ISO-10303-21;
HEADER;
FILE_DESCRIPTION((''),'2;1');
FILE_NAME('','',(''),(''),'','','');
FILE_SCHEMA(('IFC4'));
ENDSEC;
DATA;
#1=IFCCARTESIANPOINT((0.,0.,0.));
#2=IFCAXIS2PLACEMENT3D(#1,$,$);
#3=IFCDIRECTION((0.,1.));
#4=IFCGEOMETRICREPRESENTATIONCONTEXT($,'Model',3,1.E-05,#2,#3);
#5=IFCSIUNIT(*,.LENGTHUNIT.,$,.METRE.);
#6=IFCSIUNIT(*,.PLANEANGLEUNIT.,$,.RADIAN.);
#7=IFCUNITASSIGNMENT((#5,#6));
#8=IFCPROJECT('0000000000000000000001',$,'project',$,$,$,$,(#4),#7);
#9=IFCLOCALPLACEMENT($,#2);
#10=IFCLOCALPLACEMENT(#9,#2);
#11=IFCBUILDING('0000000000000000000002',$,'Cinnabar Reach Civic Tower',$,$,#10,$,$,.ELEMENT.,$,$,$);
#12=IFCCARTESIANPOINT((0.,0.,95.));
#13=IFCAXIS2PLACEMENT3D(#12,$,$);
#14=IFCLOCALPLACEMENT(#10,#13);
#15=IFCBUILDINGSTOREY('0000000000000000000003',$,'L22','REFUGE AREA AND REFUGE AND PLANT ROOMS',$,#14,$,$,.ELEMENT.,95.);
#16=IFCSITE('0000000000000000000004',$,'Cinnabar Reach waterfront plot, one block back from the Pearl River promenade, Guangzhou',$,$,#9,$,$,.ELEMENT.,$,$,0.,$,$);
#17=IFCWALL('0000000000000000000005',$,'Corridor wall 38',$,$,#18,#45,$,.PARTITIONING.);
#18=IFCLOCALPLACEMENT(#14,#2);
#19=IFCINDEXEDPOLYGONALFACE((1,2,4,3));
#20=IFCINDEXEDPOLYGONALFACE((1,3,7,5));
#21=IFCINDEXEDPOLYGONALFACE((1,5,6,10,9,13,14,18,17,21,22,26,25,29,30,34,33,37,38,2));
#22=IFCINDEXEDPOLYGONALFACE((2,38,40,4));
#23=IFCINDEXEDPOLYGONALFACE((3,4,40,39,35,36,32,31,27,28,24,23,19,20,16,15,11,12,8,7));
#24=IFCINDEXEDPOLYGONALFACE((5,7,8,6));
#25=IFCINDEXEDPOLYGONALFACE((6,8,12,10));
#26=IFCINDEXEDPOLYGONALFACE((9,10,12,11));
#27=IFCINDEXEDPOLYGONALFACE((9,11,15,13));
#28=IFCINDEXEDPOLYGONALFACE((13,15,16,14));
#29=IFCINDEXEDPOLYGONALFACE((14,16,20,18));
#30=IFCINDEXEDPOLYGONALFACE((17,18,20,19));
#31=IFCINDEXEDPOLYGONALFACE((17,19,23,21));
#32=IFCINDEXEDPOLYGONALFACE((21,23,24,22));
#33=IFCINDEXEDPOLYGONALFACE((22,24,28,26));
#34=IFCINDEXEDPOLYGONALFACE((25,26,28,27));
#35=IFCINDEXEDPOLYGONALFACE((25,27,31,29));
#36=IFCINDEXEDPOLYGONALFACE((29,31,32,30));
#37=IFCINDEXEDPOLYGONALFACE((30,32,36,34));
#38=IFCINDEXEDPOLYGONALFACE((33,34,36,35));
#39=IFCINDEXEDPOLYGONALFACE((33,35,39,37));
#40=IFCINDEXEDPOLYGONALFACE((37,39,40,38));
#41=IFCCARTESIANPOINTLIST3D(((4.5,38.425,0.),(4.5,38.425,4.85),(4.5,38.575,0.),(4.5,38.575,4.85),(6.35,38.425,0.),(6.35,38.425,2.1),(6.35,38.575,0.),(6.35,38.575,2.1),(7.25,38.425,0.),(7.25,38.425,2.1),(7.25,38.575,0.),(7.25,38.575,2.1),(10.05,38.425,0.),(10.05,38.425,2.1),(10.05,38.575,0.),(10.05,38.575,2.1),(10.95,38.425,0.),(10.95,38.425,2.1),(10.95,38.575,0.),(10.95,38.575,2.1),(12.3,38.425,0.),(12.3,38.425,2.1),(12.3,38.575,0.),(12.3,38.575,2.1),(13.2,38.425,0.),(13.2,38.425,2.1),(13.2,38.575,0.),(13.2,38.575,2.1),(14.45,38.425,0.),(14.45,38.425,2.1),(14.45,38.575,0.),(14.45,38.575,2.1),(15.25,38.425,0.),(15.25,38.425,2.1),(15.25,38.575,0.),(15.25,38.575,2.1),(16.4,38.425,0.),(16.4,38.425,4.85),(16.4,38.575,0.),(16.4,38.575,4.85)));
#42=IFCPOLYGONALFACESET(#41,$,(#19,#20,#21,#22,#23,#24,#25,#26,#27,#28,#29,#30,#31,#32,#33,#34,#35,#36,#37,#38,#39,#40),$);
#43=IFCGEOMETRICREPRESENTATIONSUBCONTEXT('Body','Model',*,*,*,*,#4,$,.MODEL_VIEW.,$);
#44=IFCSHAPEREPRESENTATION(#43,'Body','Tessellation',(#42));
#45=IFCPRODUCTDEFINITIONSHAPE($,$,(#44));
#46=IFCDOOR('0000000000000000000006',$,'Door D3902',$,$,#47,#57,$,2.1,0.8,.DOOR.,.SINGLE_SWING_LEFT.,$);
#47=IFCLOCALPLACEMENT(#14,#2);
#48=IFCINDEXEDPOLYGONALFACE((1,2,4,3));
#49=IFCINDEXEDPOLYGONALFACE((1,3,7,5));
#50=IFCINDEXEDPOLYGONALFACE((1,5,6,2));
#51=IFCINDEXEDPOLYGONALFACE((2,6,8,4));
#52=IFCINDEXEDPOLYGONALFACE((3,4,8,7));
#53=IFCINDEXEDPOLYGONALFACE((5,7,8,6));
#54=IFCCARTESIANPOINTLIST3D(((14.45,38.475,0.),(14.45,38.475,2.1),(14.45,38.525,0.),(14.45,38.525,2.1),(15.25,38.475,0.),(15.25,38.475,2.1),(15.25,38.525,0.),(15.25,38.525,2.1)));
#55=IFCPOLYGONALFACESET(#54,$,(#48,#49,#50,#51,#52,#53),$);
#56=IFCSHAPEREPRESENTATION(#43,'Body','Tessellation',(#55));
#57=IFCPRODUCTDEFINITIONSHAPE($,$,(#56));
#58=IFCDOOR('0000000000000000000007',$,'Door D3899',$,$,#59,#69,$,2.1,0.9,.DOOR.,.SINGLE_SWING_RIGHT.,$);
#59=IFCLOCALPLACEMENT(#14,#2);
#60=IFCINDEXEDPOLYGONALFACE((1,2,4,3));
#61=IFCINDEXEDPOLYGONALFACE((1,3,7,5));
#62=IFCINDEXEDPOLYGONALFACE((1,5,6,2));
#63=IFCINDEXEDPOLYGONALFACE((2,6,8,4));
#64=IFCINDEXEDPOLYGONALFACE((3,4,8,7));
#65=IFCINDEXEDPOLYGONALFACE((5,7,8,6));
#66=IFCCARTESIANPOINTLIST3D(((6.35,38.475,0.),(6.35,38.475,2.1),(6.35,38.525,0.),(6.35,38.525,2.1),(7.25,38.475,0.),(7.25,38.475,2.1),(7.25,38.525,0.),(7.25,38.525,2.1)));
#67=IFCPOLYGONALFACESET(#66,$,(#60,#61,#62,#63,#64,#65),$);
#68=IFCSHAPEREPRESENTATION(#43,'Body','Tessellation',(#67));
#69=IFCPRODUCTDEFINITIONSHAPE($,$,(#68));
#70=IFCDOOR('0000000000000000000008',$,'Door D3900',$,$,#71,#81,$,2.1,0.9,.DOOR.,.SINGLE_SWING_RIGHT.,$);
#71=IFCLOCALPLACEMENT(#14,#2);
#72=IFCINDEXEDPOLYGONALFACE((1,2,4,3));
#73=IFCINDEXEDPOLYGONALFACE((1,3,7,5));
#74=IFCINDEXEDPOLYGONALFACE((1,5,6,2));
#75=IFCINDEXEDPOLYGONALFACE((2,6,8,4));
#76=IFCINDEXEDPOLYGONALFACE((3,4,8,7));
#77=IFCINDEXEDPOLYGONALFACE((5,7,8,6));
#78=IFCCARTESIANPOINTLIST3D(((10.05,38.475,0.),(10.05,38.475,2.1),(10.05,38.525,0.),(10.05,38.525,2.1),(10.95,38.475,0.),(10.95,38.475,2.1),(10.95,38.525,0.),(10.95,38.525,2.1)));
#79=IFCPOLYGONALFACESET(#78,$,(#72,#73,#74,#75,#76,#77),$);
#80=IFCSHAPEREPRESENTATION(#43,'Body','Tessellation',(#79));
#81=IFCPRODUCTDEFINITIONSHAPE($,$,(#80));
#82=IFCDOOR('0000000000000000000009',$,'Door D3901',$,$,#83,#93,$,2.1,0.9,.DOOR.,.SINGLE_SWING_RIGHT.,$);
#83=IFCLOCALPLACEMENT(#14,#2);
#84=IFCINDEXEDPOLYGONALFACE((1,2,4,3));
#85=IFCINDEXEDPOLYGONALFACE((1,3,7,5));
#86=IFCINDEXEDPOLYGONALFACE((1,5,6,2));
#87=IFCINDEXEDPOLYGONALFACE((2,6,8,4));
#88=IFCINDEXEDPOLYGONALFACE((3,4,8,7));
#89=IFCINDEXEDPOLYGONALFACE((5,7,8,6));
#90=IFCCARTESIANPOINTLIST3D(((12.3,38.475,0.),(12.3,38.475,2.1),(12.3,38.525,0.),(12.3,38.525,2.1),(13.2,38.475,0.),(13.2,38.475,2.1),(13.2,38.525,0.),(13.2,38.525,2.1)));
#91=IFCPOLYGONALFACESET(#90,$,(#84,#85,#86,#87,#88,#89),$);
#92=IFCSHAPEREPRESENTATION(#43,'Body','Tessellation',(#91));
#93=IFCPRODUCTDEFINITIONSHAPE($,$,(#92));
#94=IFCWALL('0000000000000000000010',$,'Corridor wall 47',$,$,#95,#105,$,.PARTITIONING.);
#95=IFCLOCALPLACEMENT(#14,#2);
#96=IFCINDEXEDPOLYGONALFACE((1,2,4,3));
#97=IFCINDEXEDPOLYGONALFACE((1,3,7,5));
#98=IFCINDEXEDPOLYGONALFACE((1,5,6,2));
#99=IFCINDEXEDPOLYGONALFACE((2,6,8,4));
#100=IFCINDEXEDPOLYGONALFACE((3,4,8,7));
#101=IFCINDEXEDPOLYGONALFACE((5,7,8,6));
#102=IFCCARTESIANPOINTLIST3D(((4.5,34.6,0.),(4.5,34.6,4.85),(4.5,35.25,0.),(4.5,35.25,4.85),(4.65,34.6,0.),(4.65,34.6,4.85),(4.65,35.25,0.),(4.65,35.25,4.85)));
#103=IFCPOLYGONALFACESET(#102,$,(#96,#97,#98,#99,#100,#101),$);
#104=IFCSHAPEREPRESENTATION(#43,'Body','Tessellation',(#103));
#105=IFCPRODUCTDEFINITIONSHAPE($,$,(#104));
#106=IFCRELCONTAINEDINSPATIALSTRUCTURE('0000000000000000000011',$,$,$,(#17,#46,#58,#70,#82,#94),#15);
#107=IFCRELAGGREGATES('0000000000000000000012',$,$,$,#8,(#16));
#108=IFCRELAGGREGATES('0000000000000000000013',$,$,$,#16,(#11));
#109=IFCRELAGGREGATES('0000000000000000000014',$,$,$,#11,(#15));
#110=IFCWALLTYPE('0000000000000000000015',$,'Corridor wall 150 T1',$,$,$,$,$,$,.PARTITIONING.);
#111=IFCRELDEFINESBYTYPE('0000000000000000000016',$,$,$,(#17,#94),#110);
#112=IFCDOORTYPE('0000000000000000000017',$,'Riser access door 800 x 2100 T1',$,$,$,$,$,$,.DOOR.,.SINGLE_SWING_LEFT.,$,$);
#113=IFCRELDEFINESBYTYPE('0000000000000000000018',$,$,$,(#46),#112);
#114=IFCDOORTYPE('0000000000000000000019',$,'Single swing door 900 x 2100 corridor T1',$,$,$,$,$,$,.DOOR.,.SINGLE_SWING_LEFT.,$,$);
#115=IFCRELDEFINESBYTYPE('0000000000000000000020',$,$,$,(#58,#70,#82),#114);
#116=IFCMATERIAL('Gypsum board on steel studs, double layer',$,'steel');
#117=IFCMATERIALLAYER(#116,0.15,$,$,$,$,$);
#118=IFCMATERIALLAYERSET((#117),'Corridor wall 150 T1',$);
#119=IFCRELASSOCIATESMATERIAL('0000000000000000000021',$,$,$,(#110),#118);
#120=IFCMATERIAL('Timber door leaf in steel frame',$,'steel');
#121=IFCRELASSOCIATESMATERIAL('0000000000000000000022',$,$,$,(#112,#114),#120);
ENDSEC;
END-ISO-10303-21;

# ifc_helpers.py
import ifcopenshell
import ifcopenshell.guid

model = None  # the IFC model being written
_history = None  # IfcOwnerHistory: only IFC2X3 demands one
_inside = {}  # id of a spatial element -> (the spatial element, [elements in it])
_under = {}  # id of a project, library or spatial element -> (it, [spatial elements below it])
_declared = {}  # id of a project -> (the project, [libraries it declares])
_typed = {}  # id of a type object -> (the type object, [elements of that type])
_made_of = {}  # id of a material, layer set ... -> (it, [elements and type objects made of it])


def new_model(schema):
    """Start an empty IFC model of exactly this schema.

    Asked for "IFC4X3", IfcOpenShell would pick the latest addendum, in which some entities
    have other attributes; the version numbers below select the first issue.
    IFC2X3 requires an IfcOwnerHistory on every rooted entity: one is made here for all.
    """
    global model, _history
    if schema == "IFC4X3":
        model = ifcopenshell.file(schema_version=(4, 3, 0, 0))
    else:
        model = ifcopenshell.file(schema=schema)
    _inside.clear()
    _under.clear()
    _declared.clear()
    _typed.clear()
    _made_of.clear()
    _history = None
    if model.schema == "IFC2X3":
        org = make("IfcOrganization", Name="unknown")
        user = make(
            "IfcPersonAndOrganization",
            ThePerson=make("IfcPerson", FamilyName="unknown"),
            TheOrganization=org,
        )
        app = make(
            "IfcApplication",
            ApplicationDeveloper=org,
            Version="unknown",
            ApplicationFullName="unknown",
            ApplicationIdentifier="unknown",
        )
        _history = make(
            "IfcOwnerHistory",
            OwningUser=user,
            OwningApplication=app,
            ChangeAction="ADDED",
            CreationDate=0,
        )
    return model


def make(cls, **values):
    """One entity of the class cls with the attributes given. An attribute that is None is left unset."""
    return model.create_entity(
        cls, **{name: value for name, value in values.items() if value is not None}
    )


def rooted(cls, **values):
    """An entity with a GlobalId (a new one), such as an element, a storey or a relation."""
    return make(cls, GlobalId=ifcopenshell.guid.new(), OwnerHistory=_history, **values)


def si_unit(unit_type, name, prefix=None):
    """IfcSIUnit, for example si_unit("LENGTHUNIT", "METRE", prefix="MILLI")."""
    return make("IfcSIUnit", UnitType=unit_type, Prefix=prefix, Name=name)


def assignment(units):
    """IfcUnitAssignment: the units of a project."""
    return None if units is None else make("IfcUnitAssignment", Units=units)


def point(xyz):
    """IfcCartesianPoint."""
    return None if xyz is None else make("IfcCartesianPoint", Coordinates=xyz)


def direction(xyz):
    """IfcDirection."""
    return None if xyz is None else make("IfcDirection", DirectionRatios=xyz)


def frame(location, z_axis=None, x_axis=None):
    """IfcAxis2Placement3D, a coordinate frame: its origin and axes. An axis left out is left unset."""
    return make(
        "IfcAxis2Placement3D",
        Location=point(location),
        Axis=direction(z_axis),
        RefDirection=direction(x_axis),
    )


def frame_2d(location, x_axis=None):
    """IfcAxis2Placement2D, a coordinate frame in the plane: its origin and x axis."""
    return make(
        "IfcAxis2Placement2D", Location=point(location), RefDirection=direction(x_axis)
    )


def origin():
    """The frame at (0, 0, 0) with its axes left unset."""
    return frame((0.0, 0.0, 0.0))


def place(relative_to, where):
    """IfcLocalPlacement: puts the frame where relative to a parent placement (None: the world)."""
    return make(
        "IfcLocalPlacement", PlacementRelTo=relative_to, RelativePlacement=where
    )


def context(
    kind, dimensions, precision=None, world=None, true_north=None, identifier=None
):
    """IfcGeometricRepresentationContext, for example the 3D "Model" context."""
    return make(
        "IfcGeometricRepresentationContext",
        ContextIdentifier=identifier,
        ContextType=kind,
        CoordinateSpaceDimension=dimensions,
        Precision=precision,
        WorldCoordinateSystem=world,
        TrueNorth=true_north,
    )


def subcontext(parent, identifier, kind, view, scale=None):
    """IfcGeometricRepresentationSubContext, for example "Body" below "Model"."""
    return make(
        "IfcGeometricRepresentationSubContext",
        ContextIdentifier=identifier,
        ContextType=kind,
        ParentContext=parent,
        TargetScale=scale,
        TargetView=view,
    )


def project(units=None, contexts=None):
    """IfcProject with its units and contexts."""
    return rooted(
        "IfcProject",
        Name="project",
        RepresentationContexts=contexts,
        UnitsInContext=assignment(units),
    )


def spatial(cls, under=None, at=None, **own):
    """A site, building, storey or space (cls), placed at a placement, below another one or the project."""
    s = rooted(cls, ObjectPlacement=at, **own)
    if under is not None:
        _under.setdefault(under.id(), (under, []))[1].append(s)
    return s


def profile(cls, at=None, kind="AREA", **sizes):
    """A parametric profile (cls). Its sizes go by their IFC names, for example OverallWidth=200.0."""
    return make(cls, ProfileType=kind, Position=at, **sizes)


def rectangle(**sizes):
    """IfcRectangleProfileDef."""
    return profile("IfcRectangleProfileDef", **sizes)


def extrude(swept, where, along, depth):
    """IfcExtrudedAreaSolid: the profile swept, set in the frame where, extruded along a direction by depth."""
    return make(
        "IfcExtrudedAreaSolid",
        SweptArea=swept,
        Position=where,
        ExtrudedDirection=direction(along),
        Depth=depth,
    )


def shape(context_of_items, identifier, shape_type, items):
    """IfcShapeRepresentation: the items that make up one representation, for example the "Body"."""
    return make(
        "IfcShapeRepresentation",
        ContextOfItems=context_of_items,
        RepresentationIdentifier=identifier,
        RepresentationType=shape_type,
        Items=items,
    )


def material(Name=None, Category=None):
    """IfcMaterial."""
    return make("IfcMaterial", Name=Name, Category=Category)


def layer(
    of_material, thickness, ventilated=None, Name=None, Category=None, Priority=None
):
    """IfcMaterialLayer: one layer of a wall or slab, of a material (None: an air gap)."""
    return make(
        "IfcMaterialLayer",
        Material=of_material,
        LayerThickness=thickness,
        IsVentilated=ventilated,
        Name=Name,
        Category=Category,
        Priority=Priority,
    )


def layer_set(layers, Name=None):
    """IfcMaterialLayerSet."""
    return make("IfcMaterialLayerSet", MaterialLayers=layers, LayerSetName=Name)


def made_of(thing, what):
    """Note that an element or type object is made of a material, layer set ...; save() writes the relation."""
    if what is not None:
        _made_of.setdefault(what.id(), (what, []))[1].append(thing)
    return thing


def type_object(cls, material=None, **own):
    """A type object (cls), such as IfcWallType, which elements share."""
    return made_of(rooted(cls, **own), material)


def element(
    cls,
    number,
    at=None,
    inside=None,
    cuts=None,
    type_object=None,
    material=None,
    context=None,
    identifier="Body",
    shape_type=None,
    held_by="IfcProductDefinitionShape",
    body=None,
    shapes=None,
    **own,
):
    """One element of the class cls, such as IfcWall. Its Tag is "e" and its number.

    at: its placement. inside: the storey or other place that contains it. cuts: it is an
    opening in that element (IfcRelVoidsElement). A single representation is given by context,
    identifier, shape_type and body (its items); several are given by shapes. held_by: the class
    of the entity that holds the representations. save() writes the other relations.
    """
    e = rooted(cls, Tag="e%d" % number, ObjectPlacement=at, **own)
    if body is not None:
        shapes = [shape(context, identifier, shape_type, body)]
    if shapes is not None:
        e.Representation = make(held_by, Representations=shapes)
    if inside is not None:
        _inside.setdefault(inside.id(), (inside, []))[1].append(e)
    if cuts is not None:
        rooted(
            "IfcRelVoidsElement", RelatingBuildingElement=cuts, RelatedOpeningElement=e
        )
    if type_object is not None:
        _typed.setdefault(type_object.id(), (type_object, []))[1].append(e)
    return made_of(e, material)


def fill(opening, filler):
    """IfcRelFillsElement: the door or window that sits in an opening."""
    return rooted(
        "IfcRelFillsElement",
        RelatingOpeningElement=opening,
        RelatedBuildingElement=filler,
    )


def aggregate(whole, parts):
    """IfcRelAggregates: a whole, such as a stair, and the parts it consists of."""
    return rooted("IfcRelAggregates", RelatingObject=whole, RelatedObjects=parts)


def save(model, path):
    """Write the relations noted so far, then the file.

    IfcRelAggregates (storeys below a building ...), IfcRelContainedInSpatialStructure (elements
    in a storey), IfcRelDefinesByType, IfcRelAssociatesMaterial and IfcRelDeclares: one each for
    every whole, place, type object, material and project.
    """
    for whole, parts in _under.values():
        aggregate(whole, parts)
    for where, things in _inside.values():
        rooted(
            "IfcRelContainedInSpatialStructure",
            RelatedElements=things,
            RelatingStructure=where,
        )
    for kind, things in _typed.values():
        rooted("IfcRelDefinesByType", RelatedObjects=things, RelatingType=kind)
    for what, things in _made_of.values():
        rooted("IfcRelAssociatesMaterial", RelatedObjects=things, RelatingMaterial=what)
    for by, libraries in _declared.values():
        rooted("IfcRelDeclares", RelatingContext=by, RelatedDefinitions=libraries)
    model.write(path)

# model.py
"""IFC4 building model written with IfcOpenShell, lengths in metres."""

from ifc_helpers import new_model, si_unit, direction, frame, frame_2d, origin, place, context, subcontext, project, spatial, rectangle, extrude, material, layer, layer_set, type_object, element, fill, save


model = new_model("IFC4")

# Units and contexts
model_context = context("Model", 3, precision=1e-05, world=origin(), true_north=direction((0.0, 1.0)))
body_context = subcontext(model_context, "Body", "Model", "MODEL_VIEW")
ifc_project = project(units=[si_unit("LENGTHUNIT", "METRE"), si_unit("PLANEANGLEUNIT", "RADIAN")], contexts=[model_context])

# Site, building, storey
site_placement = place(None, origin())
site = spatial("IfcSite", under=ifc_project, at=site_placement, Name="Cinnabar Reach waterfront plot, one block back from the Pearl River promenade, Guangzhou", CompositionType="ELEMENT", RefElevation=0.0)
building_placement = place(site_placement, origin())
building = spatial("IfcBuilding", under=site, at=building_placement, Name="Cinnabar Reach Civic Tower", CompositionType="ELEMENT")
storey_placement = place(building_placement, frame((0.0, 0.0, 95.0)))
storey = spatial("IfcBuildingStorey", under=building, at=storey_placement, Name="L22", Description="REFUGE AREA AND REFUGE AND PLANT ROOMS", CompositionType="ELEMENT", Elevation=95.0)

# Wall, openings, doors
ifc_material_1 = material(Name="Gypsum board on steel studs, double layer", Category="steel")
ifc_layer_1 = layer(ifc_material_1, 0.15)
ifc_layer_set_1 = layer_set([ifc_layer_1], Name="Corridor wall 150 T1")
wall_type_1 = type_object("IfcWallType", Name="Corridor wall 150 T1", PredefinedType="PARTITIONING", material=ifc_layer_set_1)
wall_1_placement = place(storey_placement, frame((4.5, 38.5, 0.0), z_axis=(0.0, 0.0, 1.0), x_axis=(1.0, 0.0, 0.0)))
wall_1 = element("IfcWall", 1, at=wall_1_placement, inside=storey, type_object=wall_type_1, Name="Corridor wall 38", PredefinedType="PARTITIONING", context=body_context, shape_type="SweptSolid", body=[
    extrude(rectangle(XDim=11.9, YDim=0.15, at=frame_2d((5.95, 0.0))), origin(), (0.0, 0.0, 1.0), 4.85),
])
opening_1_placement = place(wall_1_placement, frame((1.85, 0.0, 0.0)))
opening_1 = element("IfcOpeningElement", 2, at=opening_1_placement, cuts=wall_1, PredefinedType="OPENING", context=body_context, shape_type="SweptSolid", body=[
    extrude(rectangle(XDim=0.9, YDim=2.1, at=frame_2d((0.45, 1.05))), frame((0.0, 0.085, 0.0), z_axis=(0.0, -1.0, 0.0), x_axis=(1.0, 0.0, 0.0)), (0.0, 0.0, 1.0), 0.17),
])
opening_2_placement = place(wall_1_placement, frame((5.55, 0.0, 0.0)))
opening_2 = element("IfcOpeningElement", 3, at=opening_2_placement, cuts=wall_1, PredefinedType="OPENING", context=body_context, shape_type="SweptSolid", body=[
    extrude(rectangle(XDim=0.9, YDim=2.1, at=frame_2d((0.45, 1.05))), frame((0.0, 0.085, 0.0), z_axis=(0.0, -1.0, 0.0), x_axis=(1.0, 0.0, 0.0)), (0.0, 0.0, 1.0), 0.17),
])
opening_3_placement = place(wall_1_placement, frame((7.8, 0.0, 0.0)))
opening_3 = element("IfcOpeningElement", 4, at=opening_3_placement, cuts=wall_1, PredefinedType="OPENING", context=body_context, shape_type="SweptSolid", body=[
    extrude(rectangle(XDim=0.9, YDim=2.1, at=frame_2d((0.45, 1.05))), frame((0.0, 0.085, 0.0), z_axis=(0.0, -1.0, 0.0), x_axis=(1.0, 0.0, 0.0)), (0.0, 0.0, 1.0), 0.17),
])
opening_4_placement = place(wall_1_placement, frame((9.95, 0.0, 0.0)))
opening_4 = element("IfcOpeningElement", 5, at=opening_4_placement, cuts=wall_1, PredefinedType="OPENING", context=body_context, shape_type="SweptSolid", body=[
    extrude(rectangle(XDim=0.8, YDim=2.1, at=frame_2d((0.4, 1.05))), frame((0.0, 0.085, 0.0), z_axis=(0.0, -1.0, 0.0), x_axis=(1.0, 0.0, 0.0)), (0.0, 0.0, 1.0), 0.17),
])
ifc_material_2 = material(Name="Timber door leaf in steel frame", Category="steel")
door_type_1 = type_object("IfcDoorType", Name="Riser access door 800 x 2100 T1", OperationType="SINGLE_SWING_LEFT", PredefinedType="DOOR", material=ifc_material_2)
door_1_placement = place(opening_4_placement, origin())
door_1 = element("IfcDoor", 6, at=door_1_placement, inside=storey, type_object=door_type_1, Name="Door D3902", OperationType="SINGLE_SWING_LEFT", OverallHeight=2.1, OverallWidth=0.8, PredefinedType="DOOR", context=body_context, shape_type="SweptSolid", body=[
    extrude(rectangle(XDim=0.8, YDim=2.1, at=frame_2d((0.4, 1.05))), frame((0.0, 0.025, 0.0), z_axis=(0.0, -1.0, 0.0), x_axis=(1.0, 0.0, 0.0)), (0.0, 0.0, 1.0), 0.05),
])
fill(opening_4, door_1)
door_type_2 = type_object("IfcDoorType", Name="Single swing door 900 x 2100 corridor T1", OperationType="SINGLE_SWING_LEFT", PredefinedType="DOOR", material=ifc_material_2)
door_2_placement = place(opening_1_placement, origin())
door_2 = element("IfcDoor", 7, at=door_2_placement, inside=storey, type_object=door_type_2, Name="Door D3899", OperationType="SINGLE_SWING_RIGHT", OverallHeight=2.1, OverallWidth=0.9, PredefinedType="DOOR", context=body_context, shape_type="SweptSolid", body=[
    extrude(rectangle(XDim=0.9, YDim=2.1, at=frame_2d((0.45, 1.05))), frame((0.0, 0.025, 0.0), z_axis=(0.0, -1.0, 0.0), x_axis=(1.0, 0.0, 0.0)), (0.0, 0.0, 1.0), 0.05),
])
fill(opening_1, door_2)
door_3_placement = place(opening_2_placement, origin())
door_3 = element("IfcDoor", 8, at=door_3_placement, inside=storey, type_object=door_type_2, Name="Door D3900", OperationType="SINGLE_SWING_RIGHT", OverallHeight=2.1, OverallWidth=0.9, PredefinedType="DOOR", context=body_context, shape_type="SweptSolid", body=[
    extrude(rectangle(XDim=0.9, YDim=2.1, at=frame_2d((0.45, 1.05))), frame((0.0, 0.025, 0.0), z_axis=(0.0, -1.0, 0.0), x_axis=(1.0, 0.0, 0.0)), (0.0, 0.0, 1.0), 0.05),
])
fill(opening_2, door_3)
door_4_placement = place(opening_3_placement, origin())
door_4 = element("IfcDoor", 9, at=door_4_placement, inside=storey, type_object=door_type_2, Name="Door D3901", OperationType="SINGLE_SWING_RIGHT", OverallHeight=2.1, OverallWidth=0.9, PredefinedType="DOOR", context=body_context, shape_type="SweptSolid", body=[
    extrude(rectangle(XDim=0.9, YDim=2.1, at=frame_2d((0.45, 1.05))), frame((0.0, 0.025, 0.0), z_axis=(0.0, -1.0, 0.0), x_axis=(1.0, 0.0, 0.0)), (0.0, 0.0, 1.0), 0.05),
])
fill(opening_3, door_4)

# Wall
wall_2_placement = place(storey_placement, frame((4.575, 34.6, 0.0), z_axis=(0.0, 0.0, 1.0), x_axis=(0.0, 1.0, 0.0)))
element("IfcWall", 10, at=wall_2_placement, inside=storey, type_object=wall_type_1, Name="Corridor wall 47", PredefinedType="PARTITIONING", context=body_context, shape_type="SweptSolid", body=[
    extrude(rectangle(XDim=0.65, YDim=0.15, at=frame_2d((0.325, 0.0))), origin(), (0.0, 0.0, 1.0), 4.85),
])

save(model, "model.ifc")
